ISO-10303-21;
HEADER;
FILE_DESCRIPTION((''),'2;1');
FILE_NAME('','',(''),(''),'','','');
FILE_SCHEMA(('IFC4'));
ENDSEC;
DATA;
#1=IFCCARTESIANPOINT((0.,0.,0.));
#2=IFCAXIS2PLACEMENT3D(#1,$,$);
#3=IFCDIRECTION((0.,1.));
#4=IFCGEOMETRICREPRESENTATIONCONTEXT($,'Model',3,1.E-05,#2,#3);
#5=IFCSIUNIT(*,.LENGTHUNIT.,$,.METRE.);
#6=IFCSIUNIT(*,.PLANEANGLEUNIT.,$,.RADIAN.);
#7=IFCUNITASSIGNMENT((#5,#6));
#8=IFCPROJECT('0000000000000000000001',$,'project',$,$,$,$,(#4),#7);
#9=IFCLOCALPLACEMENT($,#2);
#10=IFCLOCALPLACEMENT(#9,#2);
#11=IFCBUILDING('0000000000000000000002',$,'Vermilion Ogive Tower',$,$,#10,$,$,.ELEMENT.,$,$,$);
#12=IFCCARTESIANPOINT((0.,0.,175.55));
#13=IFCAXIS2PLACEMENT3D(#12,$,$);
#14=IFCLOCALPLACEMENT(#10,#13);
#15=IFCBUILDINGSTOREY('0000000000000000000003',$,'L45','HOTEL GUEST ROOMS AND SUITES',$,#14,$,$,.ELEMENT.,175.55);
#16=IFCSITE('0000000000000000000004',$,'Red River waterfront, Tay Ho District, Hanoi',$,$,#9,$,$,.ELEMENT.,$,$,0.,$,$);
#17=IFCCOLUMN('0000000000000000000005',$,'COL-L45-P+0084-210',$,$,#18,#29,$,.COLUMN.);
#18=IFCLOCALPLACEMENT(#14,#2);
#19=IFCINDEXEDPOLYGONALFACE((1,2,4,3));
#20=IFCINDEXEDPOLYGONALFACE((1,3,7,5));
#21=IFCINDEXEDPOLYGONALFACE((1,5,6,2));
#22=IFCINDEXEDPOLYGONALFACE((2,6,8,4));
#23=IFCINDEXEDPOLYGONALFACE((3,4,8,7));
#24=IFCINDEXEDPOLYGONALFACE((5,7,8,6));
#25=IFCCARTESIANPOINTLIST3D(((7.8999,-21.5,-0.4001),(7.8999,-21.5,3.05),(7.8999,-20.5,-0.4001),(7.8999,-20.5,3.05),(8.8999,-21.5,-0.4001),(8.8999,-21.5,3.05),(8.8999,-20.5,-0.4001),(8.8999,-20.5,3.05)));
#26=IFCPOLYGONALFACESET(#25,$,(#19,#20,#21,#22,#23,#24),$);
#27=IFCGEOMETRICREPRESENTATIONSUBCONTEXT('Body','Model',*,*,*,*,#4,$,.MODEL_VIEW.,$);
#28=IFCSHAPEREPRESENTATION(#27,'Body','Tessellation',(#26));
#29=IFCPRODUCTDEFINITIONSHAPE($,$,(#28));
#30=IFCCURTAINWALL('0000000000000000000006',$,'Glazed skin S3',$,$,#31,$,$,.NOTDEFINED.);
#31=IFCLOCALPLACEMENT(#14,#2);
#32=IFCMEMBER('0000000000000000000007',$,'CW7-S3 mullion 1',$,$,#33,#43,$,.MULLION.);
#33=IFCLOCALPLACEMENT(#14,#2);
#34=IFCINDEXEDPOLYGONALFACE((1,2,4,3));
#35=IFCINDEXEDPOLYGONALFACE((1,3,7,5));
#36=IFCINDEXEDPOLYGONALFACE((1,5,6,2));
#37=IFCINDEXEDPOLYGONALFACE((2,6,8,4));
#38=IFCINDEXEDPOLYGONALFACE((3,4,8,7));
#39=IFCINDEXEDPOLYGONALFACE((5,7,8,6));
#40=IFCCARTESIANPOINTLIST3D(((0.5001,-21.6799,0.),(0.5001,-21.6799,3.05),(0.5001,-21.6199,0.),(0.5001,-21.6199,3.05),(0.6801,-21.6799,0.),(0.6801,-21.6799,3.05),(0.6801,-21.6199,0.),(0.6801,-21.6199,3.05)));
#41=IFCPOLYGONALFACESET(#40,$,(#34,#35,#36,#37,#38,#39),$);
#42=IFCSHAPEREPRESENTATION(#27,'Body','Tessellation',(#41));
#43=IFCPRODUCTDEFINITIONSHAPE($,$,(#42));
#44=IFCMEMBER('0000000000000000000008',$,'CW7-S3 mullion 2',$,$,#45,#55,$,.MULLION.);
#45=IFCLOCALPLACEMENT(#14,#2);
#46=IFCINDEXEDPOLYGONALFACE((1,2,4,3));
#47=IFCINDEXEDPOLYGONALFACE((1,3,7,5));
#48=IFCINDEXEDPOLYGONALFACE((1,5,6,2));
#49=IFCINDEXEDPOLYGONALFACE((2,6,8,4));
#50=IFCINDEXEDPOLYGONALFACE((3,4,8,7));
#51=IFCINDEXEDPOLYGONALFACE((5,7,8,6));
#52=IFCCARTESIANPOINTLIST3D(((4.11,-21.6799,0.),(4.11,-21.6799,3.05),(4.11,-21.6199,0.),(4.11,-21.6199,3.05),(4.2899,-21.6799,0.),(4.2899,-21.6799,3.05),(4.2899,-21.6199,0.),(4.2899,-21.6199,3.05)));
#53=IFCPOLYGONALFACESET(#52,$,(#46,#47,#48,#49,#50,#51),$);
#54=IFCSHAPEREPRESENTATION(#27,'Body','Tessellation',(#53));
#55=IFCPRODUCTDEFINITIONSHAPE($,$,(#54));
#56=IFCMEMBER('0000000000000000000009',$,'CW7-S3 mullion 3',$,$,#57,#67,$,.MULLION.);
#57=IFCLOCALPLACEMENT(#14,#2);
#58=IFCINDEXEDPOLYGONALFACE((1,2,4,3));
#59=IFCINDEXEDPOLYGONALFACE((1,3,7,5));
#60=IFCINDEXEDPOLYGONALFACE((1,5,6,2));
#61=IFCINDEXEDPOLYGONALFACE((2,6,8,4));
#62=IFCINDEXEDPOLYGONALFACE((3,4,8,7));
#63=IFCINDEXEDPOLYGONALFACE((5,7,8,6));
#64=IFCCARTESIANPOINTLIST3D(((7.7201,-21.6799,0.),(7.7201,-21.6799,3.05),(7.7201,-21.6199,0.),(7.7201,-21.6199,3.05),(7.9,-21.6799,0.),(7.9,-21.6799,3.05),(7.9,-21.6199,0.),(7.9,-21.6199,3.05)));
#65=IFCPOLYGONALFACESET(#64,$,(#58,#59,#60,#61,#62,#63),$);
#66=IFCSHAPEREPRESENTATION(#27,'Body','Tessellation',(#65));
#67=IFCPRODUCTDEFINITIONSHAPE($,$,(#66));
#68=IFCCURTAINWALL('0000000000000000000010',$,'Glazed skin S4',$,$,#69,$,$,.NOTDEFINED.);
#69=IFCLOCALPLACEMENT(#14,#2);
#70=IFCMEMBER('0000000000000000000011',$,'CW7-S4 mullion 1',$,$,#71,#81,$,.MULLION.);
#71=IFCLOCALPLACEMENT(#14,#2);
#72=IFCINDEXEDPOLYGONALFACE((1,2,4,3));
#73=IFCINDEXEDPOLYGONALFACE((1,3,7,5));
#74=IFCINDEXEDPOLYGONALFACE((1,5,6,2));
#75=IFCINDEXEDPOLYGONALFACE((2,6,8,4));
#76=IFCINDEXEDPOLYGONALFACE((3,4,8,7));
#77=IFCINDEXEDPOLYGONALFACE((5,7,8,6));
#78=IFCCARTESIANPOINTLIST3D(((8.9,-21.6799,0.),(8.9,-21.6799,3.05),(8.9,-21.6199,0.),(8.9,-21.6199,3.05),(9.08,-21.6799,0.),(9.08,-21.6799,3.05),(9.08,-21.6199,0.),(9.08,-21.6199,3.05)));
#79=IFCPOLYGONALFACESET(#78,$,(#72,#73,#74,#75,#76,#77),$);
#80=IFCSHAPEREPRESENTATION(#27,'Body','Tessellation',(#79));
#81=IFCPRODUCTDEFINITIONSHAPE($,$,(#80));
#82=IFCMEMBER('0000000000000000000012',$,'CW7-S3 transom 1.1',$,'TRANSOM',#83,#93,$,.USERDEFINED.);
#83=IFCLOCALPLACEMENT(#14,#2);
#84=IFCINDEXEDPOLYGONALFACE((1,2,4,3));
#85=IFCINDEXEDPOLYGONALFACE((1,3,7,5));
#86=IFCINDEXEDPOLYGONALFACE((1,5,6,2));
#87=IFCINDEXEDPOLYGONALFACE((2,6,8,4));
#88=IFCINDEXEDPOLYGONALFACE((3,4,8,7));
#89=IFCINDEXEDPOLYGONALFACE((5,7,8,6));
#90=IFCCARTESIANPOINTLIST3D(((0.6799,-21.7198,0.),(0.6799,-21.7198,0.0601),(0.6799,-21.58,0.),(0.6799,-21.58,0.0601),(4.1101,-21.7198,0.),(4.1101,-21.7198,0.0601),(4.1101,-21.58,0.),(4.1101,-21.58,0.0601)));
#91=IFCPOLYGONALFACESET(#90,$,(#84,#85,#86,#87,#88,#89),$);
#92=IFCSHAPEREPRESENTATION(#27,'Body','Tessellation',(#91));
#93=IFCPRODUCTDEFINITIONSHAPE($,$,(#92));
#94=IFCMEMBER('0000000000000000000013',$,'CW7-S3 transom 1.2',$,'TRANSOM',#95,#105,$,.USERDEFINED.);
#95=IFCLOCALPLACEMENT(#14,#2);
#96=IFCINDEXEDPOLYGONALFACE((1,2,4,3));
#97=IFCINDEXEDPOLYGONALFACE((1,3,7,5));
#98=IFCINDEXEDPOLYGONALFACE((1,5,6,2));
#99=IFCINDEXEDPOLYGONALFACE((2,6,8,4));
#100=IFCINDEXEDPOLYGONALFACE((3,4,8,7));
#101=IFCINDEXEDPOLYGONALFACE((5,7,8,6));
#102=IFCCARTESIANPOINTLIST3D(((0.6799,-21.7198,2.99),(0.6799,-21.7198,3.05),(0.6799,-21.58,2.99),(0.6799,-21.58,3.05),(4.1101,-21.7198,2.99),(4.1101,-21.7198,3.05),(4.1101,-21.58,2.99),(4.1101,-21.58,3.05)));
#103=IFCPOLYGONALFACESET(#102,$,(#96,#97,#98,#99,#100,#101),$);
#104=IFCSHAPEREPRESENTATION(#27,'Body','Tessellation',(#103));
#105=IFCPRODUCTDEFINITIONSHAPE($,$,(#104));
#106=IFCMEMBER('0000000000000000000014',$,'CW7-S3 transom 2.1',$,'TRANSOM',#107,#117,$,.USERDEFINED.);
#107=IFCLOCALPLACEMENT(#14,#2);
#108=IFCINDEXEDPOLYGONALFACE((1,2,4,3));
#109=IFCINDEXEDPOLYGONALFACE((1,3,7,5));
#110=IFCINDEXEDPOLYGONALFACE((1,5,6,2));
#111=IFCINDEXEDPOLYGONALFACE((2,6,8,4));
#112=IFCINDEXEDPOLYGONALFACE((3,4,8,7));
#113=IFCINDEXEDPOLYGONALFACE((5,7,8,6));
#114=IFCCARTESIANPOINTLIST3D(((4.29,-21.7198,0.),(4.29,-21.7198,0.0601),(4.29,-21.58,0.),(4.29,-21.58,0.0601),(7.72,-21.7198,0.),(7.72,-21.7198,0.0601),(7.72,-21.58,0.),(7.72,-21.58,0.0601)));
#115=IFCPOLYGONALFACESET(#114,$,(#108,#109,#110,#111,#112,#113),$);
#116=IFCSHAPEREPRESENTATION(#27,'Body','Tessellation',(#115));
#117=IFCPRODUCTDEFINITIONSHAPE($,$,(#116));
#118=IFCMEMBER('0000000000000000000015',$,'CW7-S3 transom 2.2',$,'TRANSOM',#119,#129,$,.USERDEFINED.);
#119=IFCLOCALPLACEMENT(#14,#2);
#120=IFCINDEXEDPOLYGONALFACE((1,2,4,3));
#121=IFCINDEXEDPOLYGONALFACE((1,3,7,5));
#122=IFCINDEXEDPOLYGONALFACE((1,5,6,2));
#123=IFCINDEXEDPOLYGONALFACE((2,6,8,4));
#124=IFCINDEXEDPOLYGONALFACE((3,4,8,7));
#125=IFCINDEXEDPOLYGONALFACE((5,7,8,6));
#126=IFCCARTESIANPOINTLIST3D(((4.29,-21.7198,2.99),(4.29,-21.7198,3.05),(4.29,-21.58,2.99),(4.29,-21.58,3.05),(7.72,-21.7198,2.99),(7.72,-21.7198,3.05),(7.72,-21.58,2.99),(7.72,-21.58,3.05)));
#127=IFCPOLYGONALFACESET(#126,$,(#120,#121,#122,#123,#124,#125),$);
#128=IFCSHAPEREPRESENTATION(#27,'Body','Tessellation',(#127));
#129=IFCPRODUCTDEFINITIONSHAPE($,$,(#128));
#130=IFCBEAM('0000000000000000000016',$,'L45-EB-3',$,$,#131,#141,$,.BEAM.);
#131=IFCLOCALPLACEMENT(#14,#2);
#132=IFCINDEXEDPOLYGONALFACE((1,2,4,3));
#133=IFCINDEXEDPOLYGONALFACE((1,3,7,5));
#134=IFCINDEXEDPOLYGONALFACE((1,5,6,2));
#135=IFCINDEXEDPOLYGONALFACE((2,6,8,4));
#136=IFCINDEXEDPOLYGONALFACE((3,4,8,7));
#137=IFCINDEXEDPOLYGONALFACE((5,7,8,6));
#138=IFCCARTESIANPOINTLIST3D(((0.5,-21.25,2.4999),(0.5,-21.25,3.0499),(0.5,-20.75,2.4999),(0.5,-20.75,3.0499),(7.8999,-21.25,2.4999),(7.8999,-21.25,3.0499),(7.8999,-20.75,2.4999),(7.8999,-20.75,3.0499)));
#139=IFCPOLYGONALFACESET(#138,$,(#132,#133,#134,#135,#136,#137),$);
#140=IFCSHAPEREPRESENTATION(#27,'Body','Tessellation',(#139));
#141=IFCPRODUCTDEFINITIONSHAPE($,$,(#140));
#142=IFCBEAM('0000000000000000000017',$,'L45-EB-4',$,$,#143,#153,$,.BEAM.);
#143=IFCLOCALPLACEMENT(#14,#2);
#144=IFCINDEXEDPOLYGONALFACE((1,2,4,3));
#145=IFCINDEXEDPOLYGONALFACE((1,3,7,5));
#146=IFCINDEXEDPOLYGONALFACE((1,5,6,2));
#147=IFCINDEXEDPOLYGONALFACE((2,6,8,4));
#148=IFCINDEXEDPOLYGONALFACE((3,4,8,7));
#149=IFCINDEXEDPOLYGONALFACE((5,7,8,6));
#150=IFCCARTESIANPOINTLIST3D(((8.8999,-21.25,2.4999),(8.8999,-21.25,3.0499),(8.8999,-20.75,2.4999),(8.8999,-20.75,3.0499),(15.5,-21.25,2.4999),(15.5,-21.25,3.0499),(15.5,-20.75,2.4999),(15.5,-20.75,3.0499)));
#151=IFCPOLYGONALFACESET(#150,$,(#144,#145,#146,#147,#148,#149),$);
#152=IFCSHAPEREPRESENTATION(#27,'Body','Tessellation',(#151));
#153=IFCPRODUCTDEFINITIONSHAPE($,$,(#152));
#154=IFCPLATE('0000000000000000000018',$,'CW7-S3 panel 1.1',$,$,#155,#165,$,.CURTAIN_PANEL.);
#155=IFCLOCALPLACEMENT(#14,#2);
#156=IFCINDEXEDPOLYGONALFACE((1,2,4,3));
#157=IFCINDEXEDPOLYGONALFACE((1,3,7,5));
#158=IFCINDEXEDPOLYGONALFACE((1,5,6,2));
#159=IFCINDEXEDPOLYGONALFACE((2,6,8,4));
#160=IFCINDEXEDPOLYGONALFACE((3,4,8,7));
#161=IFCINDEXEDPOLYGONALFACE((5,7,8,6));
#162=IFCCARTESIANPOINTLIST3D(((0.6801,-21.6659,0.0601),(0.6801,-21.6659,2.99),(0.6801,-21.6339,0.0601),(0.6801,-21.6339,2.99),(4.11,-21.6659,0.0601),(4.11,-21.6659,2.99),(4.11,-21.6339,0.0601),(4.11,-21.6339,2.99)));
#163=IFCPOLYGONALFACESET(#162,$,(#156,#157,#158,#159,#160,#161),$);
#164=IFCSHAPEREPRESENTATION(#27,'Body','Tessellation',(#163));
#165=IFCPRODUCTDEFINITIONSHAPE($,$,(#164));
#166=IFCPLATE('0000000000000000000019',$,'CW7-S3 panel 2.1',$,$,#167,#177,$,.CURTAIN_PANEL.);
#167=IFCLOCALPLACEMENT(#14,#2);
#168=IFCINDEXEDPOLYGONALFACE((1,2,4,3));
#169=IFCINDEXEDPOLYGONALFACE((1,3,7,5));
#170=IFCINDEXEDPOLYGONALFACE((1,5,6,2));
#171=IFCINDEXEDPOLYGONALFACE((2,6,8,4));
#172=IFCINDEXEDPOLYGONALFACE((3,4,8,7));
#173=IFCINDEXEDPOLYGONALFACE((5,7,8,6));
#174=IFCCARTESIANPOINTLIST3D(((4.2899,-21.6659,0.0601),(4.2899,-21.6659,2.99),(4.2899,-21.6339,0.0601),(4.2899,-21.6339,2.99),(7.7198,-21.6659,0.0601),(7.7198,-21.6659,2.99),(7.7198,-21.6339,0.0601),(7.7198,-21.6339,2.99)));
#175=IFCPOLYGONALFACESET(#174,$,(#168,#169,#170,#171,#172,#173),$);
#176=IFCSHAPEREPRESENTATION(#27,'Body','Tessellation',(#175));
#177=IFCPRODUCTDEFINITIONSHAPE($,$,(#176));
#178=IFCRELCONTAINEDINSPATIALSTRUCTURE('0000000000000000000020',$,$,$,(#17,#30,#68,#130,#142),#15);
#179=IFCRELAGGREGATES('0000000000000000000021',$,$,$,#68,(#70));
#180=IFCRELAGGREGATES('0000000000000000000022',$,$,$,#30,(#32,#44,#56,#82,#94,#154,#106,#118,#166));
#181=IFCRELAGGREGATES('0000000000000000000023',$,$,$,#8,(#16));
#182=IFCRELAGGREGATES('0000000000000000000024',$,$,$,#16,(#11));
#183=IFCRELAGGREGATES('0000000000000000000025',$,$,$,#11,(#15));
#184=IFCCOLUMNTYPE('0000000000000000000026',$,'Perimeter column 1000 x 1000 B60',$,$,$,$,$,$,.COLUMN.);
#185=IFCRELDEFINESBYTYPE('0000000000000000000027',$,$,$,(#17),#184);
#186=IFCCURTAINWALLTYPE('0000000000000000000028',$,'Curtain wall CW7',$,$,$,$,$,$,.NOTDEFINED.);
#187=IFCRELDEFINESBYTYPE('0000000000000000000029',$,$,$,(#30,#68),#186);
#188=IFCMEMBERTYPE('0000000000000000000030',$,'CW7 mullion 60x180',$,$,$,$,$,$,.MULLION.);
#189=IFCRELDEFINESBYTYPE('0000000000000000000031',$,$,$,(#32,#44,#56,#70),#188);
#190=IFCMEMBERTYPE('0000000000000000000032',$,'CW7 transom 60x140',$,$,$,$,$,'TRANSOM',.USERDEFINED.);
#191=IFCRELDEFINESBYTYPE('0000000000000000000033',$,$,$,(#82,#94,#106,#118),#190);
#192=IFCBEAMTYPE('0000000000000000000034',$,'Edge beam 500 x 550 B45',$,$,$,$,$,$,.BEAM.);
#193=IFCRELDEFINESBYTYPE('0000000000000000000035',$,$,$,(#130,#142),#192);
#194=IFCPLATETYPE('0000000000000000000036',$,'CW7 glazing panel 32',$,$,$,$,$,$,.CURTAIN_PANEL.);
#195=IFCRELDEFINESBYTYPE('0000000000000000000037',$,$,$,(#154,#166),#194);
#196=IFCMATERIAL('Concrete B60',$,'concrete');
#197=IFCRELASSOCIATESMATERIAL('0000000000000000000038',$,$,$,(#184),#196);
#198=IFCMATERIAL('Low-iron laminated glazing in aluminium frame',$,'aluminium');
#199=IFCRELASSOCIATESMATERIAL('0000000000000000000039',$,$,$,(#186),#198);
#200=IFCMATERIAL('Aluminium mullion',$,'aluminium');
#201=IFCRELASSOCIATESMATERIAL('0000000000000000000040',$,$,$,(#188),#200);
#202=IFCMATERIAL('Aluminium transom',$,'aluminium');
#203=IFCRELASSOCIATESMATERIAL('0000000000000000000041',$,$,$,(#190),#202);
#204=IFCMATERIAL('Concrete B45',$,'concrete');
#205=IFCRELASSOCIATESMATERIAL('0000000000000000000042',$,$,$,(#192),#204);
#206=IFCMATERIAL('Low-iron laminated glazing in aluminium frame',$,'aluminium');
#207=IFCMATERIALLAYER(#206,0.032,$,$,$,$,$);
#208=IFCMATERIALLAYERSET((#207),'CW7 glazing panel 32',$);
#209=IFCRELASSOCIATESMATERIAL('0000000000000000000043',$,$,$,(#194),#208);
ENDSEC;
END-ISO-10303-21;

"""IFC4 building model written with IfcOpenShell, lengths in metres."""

from ifc_helpers import new_model, si_unit, direction, frame, origin, origin_2d, place, context, subcontext, project, spatial, rectangle, extrude, material, layer, layer_set, material_profile, profile_set, type_object, element, aggregate, save


model = new_model("IFC4")

# Units and contexts
model_context = context("Model", 3, precision=1e-05, world=origin(), true_north=direction((0.0, 1.0)))
body_context = subcontext(model_context, "Body", "Model", "MODEL_VIEW")
ifc_project = project(units=[si_unit("LENGTHUNIT", "METRE"), si_unit("PLANEANGLEUNIT", "RADIAN")], contexts=[model_context])

# Site, building, storey
site_placement = place(None, origin())
site = spatial("IfcSite", under=ifc_project, at=site_placement, Name="Red River waterfront, Tay Ho District, Hanoi", CompositionType="ELEMENT", RefElevation=0.0)
building_placement = place(site_placement, origin())
building = spatial("IfcBuilding", under=site, at=building_placement, Name="Vermilion Ogive Tower", CompositionType="ELEMENT")
storey_placement = place(building_placement, frame((0.0, 0.0, 175.55)))
storey = spatial("IfcBuildingStorey", under=building, at=storey_placement, Name="L45", Description="HOTEL GUEST ROOMS AND SUITES", CompositionType="ELEMENT", Elevation=175.55)

# Column
ifc_material_1 = material(Name="Concrete B60", Category="concrete")
ifc_material_profile_1 = material_profile(ifc_material_1, rectangle(XDim=1.0, YDim=1.0, at=origin_2d()), Name="1000 x 1000")
ifc_profile_set_1 = profile_set([ifc_material_profile_1], Name="Concrete B60")
column_type = type_object("IfcColumnType", Name="Perimeter column 1000 x 1000 B60", PredefinedType="COLUMN", material=ifc_profile_set_1)
column_placement = place(storey_placement, frame((8.3999, -21.0, -0.4001), z_axis=(0.0, 0.0, 1.0), x_axis=(1.0, 0.0, 0.0)))
element("IfcColumn", 1, at=column_placement, inside=storey, type_object=column_type, Name="COL-L45-P+0084-210", PredefinedType="COLUMN", context=body_context, shape_type="SweptSolid", body=[
    extrude(rectangle(XDim=1.0, YDim=1.0, at=origin_2d()), origin(), (0.0, 0.0, 1.0), 3.4502),
])

# Curtain wall, members
ifc_material_2 = material(Name="Low-iron laminated glazing in aluminium frame", Category="aluminium")
curtain_wall_type = type_object("IfcCurtainWallType", Name="Curtain wall CW7", PredefinedType="NOTDEFINED", material=ifc_material_2)
curtain_wall_1_placement = place(storey_placement, origin())
curtain_wall_1 = element("IfcCurtainWall", 2, at=curtain_wall_1_placement, inside=storey, type_object=curtain_wall_type, Name="Glazed skin S3", PredefinedType="NOTDEFINED")
ifc_material_3 = material(Name="Aluminium mullion", Category="aluminium")
ifc_material_profile_2 = material_profile(ifc_material_3, rectangle(XDim=0.0601, YDim=0.1799, at=origin_2d()), Name="AL 60x180")
ifc_profile_set_2 = profile_set([ifc_material_profile_2], Name="Aluminium mullion")
member_type_1 = type_object("IfcMemberType", Name="CW7 mullion 60x180", PredefinedType="MULLION", material=ifc_profile_set_2)
member_1_placement = place(storey_placement, frame((0.5901, -21.6499, 0.0), z_axis=(0.0, 0.0, 1.0), x_axis=(0.0, 1.0, 0.0)))
member_1 = element("IfcMember", 3, at=member_1_placement, type_object=member_type_1, Name="CW7-S3 mullion 1", PredefinedType="MULLION", context=body_context, shape_type="SweptSolid", body=[
    extrude(rectangle(XDim=0.0601, YDim=0.1799, at=origin_2d()), origin(), (0.0, 0.0, 1.0), 3.05),
])
member_2_placement = place(storey_placement, frame((4.2, -21.6499, 0.0), z_axis=(0.0, 0.0, 1.0), x_axis=(0.0, 1.0, 0.0)))
member_2 = element("IfcMember", 4, at=member_2_placement, type_object=member_type_1, Name="CW7-S3 mullion 2", PredefinedType="MULLION", context=body_context, shape_type="SweptSolid", body=[
    extrude(rectangle(XDim=0.0601, YDim=0.1799, at=origin_2d()), origin(), (0.0, 0.0, 1.0), 3.05),
])
member_3_placement = place(storey_placement, frame((7.8101, -21.6499, 0.0), z_axis=(0.0, 0.0, 1.0), x_axis=(0.0, 1.0, 0.0)))
member_3 = element("IfcMember", 5, at=member_3_placement, type_object=member_type_1, Name="CW7-S3 mullion 3", PredefinedType="MULLION", context=body_context, shape_type="SweptSolid", body=[
    extrude(rectangle(XDim=0.0601, YDim=0.1799, at=origin_2d()), origin(), (0.0, 0.0, 1.0), 3.05),
])

# Curtain wall, member
curtain_wall_2_placement = place(storey_placement, origin())
curtain_wall_2 = element("IfcCurtainWall", 6, at=curtain_wall_2_placement, inside=storey, type_object=curtain_wall_type, Name="Glazed skin S4", PredefinedType="NOTDEFINED")
member_4_placement = place(storey_placement, frame((8.99, -21.6499, 0.0), z_axis=(0.0, 0.0, 1.0), x_axis=(0.0, 1.0, 0.0)))
member_4 = element("IfcMember", 7, at=member_4_placement, type_object=member_type_1, Name="CW7-S4 mullion 1", PredefinedType="MULLION", context=body_context, shape_type="SweptSolid", body=[
    extrude(rectangle(XDim=0.0601, YDim=0.1799, at=origin_2d()), origin(), (0.0, 0.0, 1.0), 3.05),
])
aggregate(curtain_wall_2, [member_4])

# Members
ifc_material_4 = material(Name="Aluminium transom", Category="aluminium")
ifc_material_profile_3 = material_profile(ifc_material_4, rectangle(XDim=0.1399, YDim=0.0601, at=origin_2d()), Name="AL 60x140")
ifc_profile_set_3 = profile_set([ifc_material_profile_3], Name="Aluminium transom")
member_type_2 = type_object("IfcMemberType", Name="CW7 transom 60x140", ElementType="TRANSOM", PredefinedType="USERDEFINED", material=ifc_profile_set_3)
member_5_placement = place(storey_placement, frame((0.6799, -21.6499, 0.03), z_axis=(1.0, 0.0, 0.0), x_axis=(0.0, 1.0, 0.0)))
member_5 = element("IfcMember", 8, at=member_5_placement, type_object=member_type_2, Name="CW7-S3 transom 1.1", ObjectType="TRANSOM", PredefinedType="USERDEFINED", context=body_context, shape_type="SweptSolid", body=[
    extrude(rectangle(XDim=0.1399, YDim=0.0601, at=origin_2d()), origin(), (0.0, 0.0, 1.0), 3.4302),
])
member_6_placement = place(storey_placement, frame((0.6799, -21.6499, 3.02), z_axis=(1.0, 0.0, 0.0), x_axis=(0.0, 1.0, 0.0)))
member_6 = element("IfcMember", 9, at=member_6_placement, type_object=member_type_2, Name="CW7-S3 transom 1.2", ObjectType="TRANSOM", PredefinedType="USERDEFINED", context=body_context, shape_type="SweptSolid", body=[
    extrude(rectangle(XDim=0.1399, YDim=0.0601, at=origin_2d()), origin(), (0.0, 0.0, 1.0), 3.4302),
])
member_7_placement = place(storey_placement, frame((4.29, -21.6499, 0.03), z_axis=(1.0, 0.0, 0.0), x_axis=(0.0, 1.0, 0.0)))
member_7 = element("IfcMember", 10, at=member_7_placement, type_object=member_type_2, Name="CW7-S3 transom 2.1", ObjectType="TRANSOM", PredefinedType="USERDEFINED", context=body_context, shape_type="SweptSolid", body=[
    extrude(rectangle(XDim=0.1399, YDim=0.0601, at=origin_2d()), origin(), (0.0, 0.0, 1.0), 3.4299),
])
member_8_placement = place(storey_placement, frame((4.29, -21.6499, 3.02), z_axis=(1.0, 0.0, 0.0), x_axis=(0.0, 1.0, 0.0)))
member_8 = element("IfcMember", 11, at=member_8_placement, type_object=member_type_2, Name="CW7-S3 transom 2.2", ObjectType="TRANSOM", PredefinedType="USERDEFINED", context=body_context, shape_type="SweptSolid", body=[
    extrude(rectangle(XDim=0.1399, YDim=0.0601, at=origin_2d()), origin(), (0.0, 0.0, 1.0), 3.4299),
])

# Beams
ifc_material_5 = material(Name="Concrete B45", Category="concrete")
ifc_material_profile_4 = material_profile(ifc_material_5, rectangle(XDim=0.5, YDim=0.55, at=origin_2d()), Name="500 x 550")
ifc_profile_set_4 = profile_set([ifc_material_profile_4], Name="Concrete B45")
beam_type = type_object("IfcBeamType", Name="Edge beam 500 x 550 B45", PredefinedType="BEAM", material=ifc_profile_set_4)
beam_1_placement = place(storey_placement, frame((0.5, -21.0, 2.7749), z_axis=(1.0, 0.0, 0.0), x_axis=(0.0, 1.0, 0.0)))
element("IfcBeam", 12, at=beam_1_placement, inside=storey, type_object=beam_type, Name="L45-EB-3", PredefinedType="BEAM", context=body_context, shape_type="SweptSolid", body=[
    extrude(rectangle(XDim=0.5, YDim=0.55, at=origin_2d()), origin(), (0.0, 0.0, 1.0), 7.3999),
])
beam_2_placement = place(storey_placement, frame((8.8999, -21.0, 2.7749), z_axis=(1.0, 0.0, 0.0), x_axis=(0.0, 1.0, 0.0)))
element("IfcBeam", 13, at=beam_2_placement, inside=storey, type_object=beam_type, Name="L45-EB-4", PredefinedType="BEAM", context=body_context, shape_type="SweptSolid", body=[
    extrude(rectangle(XDim=0.5, YDim=0.55, at=origin_2d()), origin(), (0.0, 0.0, 1.0), 6.6001),
])

# Plates
ifc_material_6 = material(Name="Low-iron laminated glazing in aluminium frame", Category="aluminium")
ifc_layer_1 = layer(ifc_material_6, 0.032)
ifc_layer_set_1 = layer_set([ifc_layer_1], Name="CW7 glazing panel 32")
plate_type = type_object("IfcPlateType", Name="CW7 glazing panel 32", PredefinedType="CURTAIN_PANEL", material=ifc_layer_set_1)
plate_1_placement = place(storey_placement, frame((2.395, -21.6499, 0.0601), z_axis=(0.0, 0.0, 1.0), x_axis=(1.0, 0.0, 0.0)))
plate_1 = element("IfcPlate", 14, at=plate_1_placement, type_object=plate_type, Name="CW7-S3 panel 1.1", PredefinedType="CURTAIN_PANEL", context=body_context, shape_type="SweptSolid", body=[
    extrude(rectangle(XDim=3.4299, YDim=0.032, at=origin_2d()), origin(), (0.0, 0.0, 1.0), 2.9299),
])
plate_2_placement = place(storey_placement, frame((6.0049, -21.6499, 0.0601), z_axis=(0.0, 0.0, 1.0), x_axis=(1.0, 0.0, 0.0)))
plate_2 = element("IfcPlate", 15, at=plate_2_placement, type_object=plate_type, Name="CW7-S3 panel 2.1", PredefinedType="CURTAIN_PANEL", context=body_context, shape_type="SweptSolid", body=[
    extrude(rectangle(XDim=3.4299, YDim=0.032, at=origin_2d()), origin(), (0.0, 0.0, 1.0), 2.9299),
])
aggregate(curtain_wall_1, [member_1, member_2, member_3, member_5, member_6, plate_1, member_7, member_8, plate_2])

save(model, "model.ifc")
